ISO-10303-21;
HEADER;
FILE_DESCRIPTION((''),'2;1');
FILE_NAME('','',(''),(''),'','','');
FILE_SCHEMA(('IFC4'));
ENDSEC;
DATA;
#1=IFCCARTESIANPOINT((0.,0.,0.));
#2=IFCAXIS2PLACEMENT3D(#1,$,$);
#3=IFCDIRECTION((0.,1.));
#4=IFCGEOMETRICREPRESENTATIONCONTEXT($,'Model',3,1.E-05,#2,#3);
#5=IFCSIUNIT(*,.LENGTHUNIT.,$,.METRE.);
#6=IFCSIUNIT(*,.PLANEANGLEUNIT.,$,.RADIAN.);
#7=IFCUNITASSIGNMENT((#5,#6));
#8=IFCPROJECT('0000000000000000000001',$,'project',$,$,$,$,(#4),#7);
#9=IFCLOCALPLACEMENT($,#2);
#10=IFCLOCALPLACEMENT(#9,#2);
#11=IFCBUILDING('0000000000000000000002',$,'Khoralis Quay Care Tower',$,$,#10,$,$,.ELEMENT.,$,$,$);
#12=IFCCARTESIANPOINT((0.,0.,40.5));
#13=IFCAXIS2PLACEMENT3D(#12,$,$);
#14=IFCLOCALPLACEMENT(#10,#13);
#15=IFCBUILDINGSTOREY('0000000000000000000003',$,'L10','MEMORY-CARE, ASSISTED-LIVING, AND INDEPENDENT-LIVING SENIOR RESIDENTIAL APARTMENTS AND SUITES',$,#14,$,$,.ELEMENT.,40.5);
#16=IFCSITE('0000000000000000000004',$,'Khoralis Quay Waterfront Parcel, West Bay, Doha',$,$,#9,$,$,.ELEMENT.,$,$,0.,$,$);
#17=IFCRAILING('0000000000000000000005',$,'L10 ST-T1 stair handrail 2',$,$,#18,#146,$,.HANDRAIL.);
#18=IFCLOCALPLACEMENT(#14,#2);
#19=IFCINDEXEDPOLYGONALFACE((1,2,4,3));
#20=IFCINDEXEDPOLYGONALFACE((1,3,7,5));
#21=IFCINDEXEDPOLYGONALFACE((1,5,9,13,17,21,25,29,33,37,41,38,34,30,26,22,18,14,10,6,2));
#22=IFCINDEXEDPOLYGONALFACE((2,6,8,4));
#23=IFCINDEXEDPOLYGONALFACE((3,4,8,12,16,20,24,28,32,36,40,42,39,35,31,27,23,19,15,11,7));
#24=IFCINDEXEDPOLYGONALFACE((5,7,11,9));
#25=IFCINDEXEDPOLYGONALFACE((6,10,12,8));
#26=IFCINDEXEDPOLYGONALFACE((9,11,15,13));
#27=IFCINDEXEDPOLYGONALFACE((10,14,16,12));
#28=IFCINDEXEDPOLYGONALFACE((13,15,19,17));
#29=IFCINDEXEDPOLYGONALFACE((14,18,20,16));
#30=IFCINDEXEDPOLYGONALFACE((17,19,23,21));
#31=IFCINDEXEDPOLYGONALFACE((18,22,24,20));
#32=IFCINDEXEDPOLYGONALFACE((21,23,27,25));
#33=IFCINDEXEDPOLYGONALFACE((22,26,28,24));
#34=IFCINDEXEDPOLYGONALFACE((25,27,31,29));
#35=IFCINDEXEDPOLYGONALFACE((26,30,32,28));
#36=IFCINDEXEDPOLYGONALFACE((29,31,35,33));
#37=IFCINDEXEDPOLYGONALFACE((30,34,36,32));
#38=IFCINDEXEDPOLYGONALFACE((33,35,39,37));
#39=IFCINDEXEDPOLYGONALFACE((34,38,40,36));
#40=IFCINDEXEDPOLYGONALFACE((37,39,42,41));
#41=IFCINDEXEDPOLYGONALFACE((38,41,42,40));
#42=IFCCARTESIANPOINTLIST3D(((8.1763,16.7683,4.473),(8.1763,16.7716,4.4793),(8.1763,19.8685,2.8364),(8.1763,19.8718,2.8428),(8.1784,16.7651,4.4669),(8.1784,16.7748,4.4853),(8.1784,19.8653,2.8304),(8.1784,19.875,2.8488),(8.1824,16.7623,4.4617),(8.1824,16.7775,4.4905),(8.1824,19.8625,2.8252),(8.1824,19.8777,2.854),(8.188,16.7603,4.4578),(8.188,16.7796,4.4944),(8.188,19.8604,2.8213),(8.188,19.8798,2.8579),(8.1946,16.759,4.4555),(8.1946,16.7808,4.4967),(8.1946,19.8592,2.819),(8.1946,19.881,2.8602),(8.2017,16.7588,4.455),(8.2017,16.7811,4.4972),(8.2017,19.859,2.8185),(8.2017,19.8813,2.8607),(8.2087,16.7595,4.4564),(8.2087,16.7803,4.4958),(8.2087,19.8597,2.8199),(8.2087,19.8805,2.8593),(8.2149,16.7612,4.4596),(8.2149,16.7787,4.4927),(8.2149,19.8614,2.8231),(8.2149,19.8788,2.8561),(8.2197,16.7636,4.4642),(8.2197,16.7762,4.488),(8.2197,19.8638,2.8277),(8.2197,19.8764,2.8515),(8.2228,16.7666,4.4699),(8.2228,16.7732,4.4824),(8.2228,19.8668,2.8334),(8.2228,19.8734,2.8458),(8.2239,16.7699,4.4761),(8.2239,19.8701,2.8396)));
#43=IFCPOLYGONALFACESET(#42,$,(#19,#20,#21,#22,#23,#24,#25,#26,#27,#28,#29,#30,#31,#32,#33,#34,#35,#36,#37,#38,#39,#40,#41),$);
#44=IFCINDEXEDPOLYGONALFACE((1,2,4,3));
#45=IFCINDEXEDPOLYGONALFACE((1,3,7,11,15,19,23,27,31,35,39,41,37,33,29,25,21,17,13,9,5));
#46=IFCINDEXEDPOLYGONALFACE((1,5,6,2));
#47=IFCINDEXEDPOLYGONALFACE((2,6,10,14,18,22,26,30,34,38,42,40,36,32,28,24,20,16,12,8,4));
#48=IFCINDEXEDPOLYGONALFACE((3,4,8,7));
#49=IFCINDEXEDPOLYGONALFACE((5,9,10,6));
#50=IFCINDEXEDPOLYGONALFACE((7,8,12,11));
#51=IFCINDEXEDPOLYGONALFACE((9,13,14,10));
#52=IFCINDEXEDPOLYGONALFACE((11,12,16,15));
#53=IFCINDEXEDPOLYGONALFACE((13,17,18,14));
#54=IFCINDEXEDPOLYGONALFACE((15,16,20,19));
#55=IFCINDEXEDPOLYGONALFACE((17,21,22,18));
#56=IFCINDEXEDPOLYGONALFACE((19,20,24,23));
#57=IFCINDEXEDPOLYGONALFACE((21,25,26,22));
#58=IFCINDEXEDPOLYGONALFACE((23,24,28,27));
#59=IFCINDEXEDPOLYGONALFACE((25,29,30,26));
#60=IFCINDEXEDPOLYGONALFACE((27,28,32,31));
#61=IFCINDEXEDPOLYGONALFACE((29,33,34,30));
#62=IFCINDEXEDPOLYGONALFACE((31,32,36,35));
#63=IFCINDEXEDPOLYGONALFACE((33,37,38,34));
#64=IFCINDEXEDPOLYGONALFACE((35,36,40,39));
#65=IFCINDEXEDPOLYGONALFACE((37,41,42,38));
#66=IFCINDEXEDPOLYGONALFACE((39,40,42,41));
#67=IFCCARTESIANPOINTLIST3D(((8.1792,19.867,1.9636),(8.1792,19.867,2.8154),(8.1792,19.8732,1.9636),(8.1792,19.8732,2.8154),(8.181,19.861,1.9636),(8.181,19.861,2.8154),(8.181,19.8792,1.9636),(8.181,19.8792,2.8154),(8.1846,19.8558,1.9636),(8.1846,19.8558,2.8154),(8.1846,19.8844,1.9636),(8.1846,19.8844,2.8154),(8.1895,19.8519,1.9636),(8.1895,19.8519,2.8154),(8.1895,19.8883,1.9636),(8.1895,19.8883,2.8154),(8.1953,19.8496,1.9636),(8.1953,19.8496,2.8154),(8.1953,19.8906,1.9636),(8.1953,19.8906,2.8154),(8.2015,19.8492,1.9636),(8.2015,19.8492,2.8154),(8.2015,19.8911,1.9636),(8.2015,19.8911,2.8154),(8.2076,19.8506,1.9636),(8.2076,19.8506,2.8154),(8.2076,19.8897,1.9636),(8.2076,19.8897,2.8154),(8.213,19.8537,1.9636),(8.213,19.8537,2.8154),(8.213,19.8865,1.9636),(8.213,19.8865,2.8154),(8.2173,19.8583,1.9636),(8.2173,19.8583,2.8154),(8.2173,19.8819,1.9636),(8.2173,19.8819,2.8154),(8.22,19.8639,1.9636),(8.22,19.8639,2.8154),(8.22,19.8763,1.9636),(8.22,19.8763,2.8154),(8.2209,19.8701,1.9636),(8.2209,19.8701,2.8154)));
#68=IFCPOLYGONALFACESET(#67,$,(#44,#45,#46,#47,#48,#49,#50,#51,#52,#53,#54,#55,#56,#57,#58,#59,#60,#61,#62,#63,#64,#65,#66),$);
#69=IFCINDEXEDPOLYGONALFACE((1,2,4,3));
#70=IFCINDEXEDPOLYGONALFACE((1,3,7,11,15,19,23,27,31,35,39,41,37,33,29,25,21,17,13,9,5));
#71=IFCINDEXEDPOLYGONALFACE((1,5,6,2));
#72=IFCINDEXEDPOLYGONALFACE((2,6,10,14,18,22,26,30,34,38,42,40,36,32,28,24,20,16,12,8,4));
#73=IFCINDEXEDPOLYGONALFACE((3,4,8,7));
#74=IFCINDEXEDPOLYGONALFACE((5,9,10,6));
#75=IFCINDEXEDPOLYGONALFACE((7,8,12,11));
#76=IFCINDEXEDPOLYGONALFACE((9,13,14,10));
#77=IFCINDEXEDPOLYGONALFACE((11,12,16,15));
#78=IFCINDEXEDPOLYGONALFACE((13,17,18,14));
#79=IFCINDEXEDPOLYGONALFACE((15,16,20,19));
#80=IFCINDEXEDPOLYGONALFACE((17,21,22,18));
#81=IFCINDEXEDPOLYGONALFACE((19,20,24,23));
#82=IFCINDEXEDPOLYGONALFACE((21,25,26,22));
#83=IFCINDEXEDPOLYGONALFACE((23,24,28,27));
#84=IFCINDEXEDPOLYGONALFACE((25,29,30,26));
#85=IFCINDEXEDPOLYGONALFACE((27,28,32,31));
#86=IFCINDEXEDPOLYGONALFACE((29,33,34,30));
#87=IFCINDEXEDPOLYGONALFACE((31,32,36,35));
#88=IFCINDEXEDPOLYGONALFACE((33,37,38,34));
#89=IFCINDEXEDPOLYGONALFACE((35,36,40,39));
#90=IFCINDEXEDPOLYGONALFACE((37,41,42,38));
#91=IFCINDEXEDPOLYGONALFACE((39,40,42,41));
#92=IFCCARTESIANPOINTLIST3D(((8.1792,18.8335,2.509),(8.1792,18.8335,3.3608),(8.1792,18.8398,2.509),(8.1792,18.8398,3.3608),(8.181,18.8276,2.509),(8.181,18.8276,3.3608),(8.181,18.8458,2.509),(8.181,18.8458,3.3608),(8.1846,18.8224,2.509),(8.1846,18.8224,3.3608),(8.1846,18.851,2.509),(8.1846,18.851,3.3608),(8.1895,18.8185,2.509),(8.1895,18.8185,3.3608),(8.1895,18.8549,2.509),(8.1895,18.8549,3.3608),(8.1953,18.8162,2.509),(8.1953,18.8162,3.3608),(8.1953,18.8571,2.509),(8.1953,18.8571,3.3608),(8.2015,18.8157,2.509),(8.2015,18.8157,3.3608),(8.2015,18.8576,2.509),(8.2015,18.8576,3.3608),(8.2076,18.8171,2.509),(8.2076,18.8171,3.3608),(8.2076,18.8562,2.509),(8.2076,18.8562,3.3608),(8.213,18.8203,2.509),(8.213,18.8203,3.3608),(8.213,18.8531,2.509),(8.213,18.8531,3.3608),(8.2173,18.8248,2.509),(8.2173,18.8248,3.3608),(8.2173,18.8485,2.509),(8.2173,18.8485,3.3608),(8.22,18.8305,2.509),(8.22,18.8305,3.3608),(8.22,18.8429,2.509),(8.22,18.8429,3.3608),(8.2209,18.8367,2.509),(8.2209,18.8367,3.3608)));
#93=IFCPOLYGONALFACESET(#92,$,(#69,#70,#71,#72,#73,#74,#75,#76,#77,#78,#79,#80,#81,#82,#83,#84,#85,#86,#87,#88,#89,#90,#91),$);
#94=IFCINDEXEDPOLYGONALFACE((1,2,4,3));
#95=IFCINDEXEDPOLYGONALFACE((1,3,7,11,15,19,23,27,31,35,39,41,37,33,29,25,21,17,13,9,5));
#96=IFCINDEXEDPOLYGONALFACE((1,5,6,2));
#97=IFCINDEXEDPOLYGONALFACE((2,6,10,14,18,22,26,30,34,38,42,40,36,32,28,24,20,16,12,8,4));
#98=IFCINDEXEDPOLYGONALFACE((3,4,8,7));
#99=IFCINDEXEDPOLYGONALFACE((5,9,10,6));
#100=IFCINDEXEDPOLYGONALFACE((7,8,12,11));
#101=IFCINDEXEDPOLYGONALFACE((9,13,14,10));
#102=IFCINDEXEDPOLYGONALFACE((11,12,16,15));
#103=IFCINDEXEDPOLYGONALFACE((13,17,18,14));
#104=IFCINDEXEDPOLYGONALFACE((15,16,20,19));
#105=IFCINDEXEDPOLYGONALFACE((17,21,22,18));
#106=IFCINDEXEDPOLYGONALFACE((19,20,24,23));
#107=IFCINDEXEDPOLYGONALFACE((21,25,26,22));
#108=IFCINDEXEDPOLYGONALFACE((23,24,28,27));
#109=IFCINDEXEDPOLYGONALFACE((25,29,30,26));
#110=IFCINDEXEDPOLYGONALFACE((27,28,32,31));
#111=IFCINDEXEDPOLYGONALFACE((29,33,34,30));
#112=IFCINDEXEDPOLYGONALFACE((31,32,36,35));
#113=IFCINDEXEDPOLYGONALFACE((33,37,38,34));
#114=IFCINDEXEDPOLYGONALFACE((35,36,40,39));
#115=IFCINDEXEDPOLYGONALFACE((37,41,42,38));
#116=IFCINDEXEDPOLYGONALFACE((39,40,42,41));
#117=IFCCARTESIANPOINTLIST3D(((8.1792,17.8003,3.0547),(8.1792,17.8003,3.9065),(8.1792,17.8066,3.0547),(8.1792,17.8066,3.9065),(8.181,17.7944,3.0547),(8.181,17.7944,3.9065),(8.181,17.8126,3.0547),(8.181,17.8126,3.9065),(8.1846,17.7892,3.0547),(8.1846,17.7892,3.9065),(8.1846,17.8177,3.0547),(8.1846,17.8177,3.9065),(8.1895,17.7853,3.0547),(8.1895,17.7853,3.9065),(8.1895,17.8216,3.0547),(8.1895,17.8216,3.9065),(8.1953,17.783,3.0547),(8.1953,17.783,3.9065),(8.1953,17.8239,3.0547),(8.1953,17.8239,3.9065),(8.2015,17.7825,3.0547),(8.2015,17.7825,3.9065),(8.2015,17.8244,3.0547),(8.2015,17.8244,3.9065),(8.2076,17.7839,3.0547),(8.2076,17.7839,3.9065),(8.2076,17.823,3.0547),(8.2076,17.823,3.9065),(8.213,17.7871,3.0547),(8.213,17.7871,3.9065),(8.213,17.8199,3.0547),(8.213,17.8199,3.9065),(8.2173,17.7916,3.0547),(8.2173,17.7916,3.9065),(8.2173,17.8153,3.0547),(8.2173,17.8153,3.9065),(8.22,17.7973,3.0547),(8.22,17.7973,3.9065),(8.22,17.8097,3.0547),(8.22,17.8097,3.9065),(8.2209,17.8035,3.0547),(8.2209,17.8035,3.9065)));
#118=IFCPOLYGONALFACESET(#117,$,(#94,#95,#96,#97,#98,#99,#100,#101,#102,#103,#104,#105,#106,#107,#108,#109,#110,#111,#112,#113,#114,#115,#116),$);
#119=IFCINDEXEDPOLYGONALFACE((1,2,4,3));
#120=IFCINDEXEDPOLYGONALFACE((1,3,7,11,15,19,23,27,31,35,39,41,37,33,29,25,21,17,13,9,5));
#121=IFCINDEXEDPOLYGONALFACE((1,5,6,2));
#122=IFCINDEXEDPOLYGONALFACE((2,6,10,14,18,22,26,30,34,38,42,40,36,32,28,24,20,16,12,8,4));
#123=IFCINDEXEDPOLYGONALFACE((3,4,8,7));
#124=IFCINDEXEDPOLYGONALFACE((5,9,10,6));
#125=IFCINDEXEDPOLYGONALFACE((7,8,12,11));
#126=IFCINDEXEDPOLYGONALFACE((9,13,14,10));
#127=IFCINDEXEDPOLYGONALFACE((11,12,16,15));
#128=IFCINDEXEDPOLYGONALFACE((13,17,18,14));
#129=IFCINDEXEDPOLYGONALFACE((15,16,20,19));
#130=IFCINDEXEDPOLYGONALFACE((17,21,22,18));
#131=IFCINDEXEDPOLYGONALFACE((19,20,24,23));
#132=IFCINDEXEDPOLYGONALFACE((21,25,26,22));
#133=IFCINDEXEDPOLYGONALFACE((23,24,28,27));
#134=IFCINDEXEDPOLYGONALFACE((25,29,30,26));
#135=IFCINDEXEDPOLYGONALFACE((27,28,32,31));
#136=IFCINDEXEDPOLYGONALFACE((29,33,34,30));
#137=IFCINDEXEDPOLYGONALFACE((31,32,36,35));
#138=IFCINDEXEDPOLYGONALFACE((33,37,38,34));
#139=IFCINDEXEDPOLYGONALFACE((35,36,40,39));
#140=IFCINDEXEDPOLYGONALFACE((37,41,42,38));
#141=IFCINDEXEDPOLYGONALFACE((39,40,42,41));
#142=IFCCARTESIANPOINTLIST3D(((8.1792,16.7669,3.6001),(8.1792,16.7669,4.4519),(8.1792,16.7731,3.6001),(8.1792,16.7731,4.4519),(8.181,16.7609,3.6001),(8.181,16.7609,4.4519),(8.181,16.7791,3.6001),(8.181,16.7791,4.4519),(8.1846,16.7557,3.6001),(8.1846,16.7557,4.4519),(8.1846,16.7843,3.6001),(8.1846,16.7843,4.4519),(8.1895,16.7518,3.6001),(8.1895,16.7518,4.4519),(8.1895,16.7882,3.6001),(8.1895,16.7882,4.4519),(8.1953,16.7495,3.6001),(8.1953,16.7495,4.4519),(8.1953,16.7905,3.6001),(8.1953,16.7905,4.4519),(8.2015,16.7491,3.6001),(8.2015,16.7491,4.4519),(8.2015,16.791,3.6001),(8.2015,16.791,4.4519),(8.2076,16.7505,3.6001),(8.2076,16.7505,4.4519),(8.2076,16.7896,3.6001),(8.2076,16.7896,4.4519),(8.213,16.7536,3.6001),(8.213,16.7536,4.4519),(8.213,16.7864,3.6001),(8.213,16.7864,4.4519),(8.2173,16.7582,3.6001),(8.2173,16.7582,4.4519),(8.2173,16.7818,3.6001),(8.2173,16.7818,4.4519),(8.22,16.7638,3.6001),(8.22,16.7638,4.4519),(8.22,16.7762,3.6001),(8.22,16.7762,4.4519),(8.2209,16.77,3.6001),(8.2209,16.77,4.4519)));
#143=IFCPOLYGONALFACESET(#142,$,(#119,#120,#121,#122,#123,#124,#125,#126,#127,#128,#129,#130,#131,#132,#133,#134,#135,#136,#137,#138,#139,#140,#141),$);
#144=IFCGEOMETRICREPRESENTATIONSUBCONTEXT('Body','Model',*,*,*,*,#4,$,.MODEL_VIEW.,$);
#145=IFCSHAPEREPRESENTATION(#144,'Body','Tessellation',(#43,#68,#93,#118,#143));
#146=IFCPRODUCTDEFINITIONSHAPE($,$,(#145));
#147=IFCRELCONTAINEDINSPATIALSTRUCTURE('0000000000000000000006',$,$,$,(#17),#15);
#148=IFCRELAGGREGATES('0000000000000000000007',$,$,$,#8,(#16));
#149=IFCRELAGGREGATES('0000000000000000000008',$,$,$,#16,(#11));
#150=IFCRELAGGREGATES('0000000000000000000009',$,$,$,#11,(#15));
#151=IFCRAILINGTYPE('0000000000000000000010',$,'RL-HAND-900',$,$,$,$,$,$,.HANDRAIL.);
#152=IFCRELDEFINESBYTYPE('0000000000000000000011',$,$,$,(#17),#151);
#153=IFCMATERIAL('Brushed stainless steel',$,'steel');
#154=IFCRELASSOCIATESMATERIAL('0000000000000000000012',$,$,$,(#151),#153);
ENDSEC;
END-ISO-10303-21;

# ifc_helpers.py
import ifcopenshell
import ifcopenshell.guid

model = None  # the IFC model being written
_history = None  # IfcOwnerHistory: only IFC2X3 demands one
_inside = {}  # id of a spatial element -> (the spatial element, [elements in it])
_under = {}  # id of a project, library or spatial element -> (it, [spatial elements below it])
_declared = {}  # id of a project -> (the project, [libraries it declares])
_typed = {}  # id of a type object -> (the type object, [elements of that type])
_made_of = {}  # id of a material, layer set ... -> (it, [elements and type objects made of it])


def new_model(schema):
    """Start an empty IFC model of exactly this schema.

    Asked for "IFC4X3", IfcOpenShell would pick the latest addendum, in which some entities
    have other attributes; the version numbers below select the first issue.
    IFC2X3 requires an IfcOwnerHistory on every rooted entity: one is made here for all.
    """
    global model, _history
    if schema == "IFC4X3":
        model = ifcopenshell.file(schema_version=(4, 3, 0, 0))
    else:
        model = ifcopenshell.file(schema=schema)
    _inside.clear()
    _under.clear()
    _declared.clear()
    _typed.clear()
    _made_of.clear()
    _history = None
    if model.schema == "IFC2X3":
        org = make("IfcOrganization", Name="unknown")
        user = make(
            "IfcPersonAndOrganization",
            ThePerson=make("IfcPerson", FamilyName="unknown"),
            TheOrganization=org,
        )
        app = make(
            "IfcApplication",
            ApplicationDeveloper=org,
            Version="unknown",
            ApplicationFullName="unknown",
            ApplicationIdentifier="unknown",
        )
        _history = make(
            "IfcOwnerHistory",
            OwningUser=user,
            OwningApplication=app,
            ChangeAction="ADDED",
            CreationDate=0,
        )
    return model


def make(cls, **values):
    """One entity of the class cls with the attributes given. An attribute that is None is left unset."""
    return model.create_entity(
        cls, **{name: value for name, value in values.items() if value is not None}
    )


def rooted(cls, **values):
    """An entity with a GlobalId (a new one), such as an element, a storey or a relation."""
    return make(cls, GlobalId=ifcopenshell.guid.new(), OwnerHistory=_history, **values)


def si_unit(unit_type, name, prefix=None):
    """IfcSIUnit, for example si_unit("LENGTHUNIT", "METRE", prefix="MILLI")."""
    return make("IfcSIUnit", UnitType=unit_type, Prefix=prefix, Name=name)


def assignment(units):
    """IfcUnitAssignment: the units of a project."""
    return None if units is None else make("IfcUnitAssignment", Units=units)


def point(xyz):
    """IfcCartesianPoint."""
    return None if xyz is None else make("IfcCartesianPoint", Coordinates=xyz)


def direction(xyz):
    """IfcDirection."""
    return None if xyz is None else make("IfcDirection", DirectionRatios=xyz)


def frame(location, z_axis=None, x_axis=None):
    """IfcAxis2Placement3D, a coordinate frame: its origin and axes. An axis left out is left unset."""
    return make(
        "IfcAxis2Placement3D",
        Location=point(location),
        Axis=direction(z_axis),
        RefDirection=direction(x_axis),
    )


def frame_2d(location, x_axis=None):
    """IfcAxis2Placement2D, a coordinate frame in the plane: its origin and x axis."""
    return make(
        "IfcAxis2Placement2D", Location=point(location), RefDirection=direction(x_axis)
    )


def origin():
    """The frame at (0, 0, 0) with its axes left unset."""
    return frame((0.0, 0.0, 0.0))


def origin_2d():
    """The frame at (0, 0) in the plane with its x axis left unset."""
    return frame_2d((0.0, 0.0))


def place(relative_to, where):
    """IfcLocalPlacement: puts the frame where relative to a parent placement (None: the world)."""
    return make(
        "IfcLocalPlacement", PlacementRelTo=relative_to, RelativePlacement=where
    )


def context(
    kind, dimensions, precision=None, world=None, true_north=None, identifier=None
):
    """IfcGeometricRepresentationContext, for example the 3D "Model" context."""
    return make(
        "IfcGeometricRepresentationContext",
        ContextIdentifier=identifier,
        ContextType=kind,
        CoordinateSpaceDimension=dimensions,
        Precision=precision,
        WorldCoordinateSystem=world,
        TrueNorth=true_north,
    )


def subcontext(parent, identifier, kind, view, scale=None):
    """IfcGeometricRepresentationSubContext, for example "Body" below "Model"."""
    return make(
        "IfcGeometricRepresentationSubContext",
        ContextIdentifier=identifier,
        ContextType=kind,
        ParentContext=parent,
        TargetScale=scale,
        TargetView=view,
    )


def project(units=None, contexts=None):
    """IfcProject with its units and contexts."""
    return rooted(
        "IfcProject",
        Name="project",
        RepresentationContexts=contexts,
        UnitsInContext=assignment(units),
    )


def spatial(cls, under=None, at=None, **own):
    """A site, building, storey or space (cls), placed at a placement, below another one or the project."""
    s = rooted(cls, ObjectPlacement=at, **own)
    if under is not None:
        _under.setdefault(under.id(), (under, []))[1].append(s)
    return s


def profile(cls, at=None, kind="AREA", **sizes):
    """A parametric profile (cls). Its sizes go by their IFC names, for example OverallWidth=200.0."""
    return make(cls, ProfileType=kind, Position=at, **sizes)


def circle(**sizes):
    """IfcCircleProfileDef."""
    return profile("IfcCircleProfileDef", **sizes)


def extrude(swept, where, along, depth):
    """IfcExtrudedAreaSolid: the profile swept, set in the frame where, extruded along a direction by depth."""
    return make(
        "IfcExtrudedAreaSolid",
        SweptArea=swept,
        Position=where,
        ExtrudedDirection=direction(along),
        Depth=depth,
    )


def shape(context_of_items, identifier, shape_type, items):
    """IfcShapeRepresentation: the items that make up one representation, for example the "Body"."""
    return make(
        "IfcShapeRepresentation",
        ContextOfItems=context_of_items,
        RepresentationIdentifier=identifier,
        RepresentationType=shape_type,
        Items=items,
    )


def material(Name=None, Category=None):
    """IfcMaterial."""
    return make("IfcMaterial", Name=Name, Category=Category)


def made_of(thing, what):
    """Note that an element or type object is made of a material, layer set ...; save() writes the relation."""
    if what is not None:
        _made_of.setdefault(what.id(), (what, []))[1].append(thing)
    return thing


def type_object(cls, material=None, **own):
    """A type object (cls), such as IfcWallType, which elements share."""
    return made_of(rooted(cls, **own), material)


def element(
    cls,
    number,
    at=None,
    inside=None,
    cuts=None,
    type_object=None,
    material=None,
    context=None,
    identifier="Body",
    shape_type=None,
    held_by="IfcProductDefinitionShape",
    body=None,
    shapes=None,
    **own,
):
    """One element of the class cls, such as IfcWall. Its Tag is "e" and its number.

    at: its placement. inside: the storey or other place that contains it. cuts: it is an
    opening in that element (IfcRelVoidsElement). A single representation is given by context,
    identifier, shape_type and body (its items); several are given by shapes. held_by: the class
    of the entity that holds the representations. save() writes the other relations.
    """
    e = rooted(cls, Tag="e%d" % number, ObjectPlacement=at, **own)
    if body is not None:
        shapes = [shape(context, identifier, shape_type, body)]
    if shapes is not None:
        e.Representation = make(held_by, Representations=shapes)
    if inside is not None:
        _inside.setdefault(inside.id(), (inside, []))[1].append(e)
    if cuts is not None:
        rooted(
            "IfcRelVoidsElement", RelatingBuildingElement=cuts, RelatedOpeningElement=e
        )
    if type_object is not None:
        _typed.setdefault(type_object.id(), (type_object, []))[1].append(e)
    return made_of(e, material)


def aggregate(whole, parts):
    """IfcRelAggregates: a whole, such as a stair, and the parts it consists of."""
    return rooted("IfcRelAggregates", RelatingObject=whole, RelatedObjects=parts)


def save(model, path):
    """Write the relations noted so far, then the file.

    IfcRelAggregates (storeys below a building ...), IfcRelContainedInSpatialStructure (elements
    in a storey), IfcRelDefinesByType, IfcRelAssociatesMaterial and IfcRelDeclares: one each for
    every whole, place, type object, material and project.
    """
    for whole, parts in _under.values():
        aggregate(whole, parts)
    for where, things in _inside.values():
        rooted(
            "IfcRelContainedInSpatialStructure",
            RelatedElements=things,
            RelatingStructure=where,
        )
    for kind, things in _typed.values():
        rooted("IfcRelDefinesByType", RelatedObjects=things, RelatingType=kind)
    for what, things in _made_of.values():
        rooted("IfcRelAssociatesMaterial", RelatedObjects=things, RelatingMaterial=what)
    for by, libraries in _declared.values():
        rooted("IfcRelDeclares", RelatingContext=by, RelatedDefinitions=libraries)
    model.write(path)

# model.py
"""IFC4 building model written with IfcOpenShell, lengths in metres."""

from ifc_helpers import new_model, si_unit, direction, frame, origin, origin_2d, place, context, subcontext, project, spatial, circle, extrude, material, type_object, element, save


model = new_model("IFC4")

# Units and contexts
model_context = context("Model", 3, precision=1e-05, world=origin(), true_north=direction((0.0, 1.0)))
body_context = subcontext(model_context, "Body", "Model", "MODEL_VIEW")
ifc_project = project(units=[si_unit("LENGTHUNIT", "METRE"), si_unit("PLANEANGLEUNIT", "RADIAN")], contexts=[model_context])

# Site, building, storey
site_placement = place(None, origin())
site = spatial("IfcSite", under=ifc_project, at=site_placement, Name="Khoralis Quay Waterfront Parcel, West Bay, Doha", CompositionType="ELEMENT", RefElevation=0.0)
building_placement = place(site_placement, origin())
building = spatial("IfcBuilding", under=site, at=building_placement, Name="Khoralis Quay Care Tower", CompositionType="ELEMENT")
storey_placement = place(building_placement, frame((0.0, 0.0, 40.5)))
storey = spatial("IfcBuildingStorey", under=building, at=storey_placement, Name="L10", Description="MEMORY-CARE, ASSISTED-LIVING, AND INDEPENDENT-LIVING SENIOR RESIDENTIAL APARTMENTS AND SUITES", CompositionType="ELEMENT", Elevation=40.5)

# Shared definitions
ifc_material_1 = material(Name="Brushed stainless steel", Category="steel")

# Railing
railing_type_1 = type_object("IfcRailingType", Name="RL-HAND-900", PredefinedType="HANDRAIL", material=ifc_material_1)
railing_1_placement = place(storey_placement, frame((8.2, 19.8701, 1.9636)))
element("IfcRailing", 1, at=railing_1_placement, inside=storey, type_object=railing_type_1, Name="L10 ST-T1 stair handrail 2", PredefinedType="HANDRAIL", context=body_context, shape_type="SweptSolid", body=[
    extrude(circle(Radius=0.0239, at=origin_2d()), frame((0.0, 0.0, 0.876), z_axis=(0.0, -0.884348, 0.466828), x_axis=(1.0, 0.0, 0.0)), (0.0, 0.0, 1.0), 3.5056),
    extrude(circle(Radius=0.021, at=origin_2d()), origin(), (0.0, 0.0, 1.0), 0.8518),
    extrude(circle(Radius=0.021, at=origin_2d()), frame((0.0, -1.0334, 0.5454)), (0.0, 0.0, 1.0), 0.8518),
    extrude(circle(Radius=0.021, at=origin_2d()), frame((0.0, -2.0667, 1.0911)), (0.0, 0.0, 1.0), 0.8518),
    extrude(circle(Radius=0.021, at=origin_2d()), frame((0.0, -3.1001, 1.6365)), (0.0, 0.0, 1.0), 0.8518),
])

save(model, "model.ifc")
